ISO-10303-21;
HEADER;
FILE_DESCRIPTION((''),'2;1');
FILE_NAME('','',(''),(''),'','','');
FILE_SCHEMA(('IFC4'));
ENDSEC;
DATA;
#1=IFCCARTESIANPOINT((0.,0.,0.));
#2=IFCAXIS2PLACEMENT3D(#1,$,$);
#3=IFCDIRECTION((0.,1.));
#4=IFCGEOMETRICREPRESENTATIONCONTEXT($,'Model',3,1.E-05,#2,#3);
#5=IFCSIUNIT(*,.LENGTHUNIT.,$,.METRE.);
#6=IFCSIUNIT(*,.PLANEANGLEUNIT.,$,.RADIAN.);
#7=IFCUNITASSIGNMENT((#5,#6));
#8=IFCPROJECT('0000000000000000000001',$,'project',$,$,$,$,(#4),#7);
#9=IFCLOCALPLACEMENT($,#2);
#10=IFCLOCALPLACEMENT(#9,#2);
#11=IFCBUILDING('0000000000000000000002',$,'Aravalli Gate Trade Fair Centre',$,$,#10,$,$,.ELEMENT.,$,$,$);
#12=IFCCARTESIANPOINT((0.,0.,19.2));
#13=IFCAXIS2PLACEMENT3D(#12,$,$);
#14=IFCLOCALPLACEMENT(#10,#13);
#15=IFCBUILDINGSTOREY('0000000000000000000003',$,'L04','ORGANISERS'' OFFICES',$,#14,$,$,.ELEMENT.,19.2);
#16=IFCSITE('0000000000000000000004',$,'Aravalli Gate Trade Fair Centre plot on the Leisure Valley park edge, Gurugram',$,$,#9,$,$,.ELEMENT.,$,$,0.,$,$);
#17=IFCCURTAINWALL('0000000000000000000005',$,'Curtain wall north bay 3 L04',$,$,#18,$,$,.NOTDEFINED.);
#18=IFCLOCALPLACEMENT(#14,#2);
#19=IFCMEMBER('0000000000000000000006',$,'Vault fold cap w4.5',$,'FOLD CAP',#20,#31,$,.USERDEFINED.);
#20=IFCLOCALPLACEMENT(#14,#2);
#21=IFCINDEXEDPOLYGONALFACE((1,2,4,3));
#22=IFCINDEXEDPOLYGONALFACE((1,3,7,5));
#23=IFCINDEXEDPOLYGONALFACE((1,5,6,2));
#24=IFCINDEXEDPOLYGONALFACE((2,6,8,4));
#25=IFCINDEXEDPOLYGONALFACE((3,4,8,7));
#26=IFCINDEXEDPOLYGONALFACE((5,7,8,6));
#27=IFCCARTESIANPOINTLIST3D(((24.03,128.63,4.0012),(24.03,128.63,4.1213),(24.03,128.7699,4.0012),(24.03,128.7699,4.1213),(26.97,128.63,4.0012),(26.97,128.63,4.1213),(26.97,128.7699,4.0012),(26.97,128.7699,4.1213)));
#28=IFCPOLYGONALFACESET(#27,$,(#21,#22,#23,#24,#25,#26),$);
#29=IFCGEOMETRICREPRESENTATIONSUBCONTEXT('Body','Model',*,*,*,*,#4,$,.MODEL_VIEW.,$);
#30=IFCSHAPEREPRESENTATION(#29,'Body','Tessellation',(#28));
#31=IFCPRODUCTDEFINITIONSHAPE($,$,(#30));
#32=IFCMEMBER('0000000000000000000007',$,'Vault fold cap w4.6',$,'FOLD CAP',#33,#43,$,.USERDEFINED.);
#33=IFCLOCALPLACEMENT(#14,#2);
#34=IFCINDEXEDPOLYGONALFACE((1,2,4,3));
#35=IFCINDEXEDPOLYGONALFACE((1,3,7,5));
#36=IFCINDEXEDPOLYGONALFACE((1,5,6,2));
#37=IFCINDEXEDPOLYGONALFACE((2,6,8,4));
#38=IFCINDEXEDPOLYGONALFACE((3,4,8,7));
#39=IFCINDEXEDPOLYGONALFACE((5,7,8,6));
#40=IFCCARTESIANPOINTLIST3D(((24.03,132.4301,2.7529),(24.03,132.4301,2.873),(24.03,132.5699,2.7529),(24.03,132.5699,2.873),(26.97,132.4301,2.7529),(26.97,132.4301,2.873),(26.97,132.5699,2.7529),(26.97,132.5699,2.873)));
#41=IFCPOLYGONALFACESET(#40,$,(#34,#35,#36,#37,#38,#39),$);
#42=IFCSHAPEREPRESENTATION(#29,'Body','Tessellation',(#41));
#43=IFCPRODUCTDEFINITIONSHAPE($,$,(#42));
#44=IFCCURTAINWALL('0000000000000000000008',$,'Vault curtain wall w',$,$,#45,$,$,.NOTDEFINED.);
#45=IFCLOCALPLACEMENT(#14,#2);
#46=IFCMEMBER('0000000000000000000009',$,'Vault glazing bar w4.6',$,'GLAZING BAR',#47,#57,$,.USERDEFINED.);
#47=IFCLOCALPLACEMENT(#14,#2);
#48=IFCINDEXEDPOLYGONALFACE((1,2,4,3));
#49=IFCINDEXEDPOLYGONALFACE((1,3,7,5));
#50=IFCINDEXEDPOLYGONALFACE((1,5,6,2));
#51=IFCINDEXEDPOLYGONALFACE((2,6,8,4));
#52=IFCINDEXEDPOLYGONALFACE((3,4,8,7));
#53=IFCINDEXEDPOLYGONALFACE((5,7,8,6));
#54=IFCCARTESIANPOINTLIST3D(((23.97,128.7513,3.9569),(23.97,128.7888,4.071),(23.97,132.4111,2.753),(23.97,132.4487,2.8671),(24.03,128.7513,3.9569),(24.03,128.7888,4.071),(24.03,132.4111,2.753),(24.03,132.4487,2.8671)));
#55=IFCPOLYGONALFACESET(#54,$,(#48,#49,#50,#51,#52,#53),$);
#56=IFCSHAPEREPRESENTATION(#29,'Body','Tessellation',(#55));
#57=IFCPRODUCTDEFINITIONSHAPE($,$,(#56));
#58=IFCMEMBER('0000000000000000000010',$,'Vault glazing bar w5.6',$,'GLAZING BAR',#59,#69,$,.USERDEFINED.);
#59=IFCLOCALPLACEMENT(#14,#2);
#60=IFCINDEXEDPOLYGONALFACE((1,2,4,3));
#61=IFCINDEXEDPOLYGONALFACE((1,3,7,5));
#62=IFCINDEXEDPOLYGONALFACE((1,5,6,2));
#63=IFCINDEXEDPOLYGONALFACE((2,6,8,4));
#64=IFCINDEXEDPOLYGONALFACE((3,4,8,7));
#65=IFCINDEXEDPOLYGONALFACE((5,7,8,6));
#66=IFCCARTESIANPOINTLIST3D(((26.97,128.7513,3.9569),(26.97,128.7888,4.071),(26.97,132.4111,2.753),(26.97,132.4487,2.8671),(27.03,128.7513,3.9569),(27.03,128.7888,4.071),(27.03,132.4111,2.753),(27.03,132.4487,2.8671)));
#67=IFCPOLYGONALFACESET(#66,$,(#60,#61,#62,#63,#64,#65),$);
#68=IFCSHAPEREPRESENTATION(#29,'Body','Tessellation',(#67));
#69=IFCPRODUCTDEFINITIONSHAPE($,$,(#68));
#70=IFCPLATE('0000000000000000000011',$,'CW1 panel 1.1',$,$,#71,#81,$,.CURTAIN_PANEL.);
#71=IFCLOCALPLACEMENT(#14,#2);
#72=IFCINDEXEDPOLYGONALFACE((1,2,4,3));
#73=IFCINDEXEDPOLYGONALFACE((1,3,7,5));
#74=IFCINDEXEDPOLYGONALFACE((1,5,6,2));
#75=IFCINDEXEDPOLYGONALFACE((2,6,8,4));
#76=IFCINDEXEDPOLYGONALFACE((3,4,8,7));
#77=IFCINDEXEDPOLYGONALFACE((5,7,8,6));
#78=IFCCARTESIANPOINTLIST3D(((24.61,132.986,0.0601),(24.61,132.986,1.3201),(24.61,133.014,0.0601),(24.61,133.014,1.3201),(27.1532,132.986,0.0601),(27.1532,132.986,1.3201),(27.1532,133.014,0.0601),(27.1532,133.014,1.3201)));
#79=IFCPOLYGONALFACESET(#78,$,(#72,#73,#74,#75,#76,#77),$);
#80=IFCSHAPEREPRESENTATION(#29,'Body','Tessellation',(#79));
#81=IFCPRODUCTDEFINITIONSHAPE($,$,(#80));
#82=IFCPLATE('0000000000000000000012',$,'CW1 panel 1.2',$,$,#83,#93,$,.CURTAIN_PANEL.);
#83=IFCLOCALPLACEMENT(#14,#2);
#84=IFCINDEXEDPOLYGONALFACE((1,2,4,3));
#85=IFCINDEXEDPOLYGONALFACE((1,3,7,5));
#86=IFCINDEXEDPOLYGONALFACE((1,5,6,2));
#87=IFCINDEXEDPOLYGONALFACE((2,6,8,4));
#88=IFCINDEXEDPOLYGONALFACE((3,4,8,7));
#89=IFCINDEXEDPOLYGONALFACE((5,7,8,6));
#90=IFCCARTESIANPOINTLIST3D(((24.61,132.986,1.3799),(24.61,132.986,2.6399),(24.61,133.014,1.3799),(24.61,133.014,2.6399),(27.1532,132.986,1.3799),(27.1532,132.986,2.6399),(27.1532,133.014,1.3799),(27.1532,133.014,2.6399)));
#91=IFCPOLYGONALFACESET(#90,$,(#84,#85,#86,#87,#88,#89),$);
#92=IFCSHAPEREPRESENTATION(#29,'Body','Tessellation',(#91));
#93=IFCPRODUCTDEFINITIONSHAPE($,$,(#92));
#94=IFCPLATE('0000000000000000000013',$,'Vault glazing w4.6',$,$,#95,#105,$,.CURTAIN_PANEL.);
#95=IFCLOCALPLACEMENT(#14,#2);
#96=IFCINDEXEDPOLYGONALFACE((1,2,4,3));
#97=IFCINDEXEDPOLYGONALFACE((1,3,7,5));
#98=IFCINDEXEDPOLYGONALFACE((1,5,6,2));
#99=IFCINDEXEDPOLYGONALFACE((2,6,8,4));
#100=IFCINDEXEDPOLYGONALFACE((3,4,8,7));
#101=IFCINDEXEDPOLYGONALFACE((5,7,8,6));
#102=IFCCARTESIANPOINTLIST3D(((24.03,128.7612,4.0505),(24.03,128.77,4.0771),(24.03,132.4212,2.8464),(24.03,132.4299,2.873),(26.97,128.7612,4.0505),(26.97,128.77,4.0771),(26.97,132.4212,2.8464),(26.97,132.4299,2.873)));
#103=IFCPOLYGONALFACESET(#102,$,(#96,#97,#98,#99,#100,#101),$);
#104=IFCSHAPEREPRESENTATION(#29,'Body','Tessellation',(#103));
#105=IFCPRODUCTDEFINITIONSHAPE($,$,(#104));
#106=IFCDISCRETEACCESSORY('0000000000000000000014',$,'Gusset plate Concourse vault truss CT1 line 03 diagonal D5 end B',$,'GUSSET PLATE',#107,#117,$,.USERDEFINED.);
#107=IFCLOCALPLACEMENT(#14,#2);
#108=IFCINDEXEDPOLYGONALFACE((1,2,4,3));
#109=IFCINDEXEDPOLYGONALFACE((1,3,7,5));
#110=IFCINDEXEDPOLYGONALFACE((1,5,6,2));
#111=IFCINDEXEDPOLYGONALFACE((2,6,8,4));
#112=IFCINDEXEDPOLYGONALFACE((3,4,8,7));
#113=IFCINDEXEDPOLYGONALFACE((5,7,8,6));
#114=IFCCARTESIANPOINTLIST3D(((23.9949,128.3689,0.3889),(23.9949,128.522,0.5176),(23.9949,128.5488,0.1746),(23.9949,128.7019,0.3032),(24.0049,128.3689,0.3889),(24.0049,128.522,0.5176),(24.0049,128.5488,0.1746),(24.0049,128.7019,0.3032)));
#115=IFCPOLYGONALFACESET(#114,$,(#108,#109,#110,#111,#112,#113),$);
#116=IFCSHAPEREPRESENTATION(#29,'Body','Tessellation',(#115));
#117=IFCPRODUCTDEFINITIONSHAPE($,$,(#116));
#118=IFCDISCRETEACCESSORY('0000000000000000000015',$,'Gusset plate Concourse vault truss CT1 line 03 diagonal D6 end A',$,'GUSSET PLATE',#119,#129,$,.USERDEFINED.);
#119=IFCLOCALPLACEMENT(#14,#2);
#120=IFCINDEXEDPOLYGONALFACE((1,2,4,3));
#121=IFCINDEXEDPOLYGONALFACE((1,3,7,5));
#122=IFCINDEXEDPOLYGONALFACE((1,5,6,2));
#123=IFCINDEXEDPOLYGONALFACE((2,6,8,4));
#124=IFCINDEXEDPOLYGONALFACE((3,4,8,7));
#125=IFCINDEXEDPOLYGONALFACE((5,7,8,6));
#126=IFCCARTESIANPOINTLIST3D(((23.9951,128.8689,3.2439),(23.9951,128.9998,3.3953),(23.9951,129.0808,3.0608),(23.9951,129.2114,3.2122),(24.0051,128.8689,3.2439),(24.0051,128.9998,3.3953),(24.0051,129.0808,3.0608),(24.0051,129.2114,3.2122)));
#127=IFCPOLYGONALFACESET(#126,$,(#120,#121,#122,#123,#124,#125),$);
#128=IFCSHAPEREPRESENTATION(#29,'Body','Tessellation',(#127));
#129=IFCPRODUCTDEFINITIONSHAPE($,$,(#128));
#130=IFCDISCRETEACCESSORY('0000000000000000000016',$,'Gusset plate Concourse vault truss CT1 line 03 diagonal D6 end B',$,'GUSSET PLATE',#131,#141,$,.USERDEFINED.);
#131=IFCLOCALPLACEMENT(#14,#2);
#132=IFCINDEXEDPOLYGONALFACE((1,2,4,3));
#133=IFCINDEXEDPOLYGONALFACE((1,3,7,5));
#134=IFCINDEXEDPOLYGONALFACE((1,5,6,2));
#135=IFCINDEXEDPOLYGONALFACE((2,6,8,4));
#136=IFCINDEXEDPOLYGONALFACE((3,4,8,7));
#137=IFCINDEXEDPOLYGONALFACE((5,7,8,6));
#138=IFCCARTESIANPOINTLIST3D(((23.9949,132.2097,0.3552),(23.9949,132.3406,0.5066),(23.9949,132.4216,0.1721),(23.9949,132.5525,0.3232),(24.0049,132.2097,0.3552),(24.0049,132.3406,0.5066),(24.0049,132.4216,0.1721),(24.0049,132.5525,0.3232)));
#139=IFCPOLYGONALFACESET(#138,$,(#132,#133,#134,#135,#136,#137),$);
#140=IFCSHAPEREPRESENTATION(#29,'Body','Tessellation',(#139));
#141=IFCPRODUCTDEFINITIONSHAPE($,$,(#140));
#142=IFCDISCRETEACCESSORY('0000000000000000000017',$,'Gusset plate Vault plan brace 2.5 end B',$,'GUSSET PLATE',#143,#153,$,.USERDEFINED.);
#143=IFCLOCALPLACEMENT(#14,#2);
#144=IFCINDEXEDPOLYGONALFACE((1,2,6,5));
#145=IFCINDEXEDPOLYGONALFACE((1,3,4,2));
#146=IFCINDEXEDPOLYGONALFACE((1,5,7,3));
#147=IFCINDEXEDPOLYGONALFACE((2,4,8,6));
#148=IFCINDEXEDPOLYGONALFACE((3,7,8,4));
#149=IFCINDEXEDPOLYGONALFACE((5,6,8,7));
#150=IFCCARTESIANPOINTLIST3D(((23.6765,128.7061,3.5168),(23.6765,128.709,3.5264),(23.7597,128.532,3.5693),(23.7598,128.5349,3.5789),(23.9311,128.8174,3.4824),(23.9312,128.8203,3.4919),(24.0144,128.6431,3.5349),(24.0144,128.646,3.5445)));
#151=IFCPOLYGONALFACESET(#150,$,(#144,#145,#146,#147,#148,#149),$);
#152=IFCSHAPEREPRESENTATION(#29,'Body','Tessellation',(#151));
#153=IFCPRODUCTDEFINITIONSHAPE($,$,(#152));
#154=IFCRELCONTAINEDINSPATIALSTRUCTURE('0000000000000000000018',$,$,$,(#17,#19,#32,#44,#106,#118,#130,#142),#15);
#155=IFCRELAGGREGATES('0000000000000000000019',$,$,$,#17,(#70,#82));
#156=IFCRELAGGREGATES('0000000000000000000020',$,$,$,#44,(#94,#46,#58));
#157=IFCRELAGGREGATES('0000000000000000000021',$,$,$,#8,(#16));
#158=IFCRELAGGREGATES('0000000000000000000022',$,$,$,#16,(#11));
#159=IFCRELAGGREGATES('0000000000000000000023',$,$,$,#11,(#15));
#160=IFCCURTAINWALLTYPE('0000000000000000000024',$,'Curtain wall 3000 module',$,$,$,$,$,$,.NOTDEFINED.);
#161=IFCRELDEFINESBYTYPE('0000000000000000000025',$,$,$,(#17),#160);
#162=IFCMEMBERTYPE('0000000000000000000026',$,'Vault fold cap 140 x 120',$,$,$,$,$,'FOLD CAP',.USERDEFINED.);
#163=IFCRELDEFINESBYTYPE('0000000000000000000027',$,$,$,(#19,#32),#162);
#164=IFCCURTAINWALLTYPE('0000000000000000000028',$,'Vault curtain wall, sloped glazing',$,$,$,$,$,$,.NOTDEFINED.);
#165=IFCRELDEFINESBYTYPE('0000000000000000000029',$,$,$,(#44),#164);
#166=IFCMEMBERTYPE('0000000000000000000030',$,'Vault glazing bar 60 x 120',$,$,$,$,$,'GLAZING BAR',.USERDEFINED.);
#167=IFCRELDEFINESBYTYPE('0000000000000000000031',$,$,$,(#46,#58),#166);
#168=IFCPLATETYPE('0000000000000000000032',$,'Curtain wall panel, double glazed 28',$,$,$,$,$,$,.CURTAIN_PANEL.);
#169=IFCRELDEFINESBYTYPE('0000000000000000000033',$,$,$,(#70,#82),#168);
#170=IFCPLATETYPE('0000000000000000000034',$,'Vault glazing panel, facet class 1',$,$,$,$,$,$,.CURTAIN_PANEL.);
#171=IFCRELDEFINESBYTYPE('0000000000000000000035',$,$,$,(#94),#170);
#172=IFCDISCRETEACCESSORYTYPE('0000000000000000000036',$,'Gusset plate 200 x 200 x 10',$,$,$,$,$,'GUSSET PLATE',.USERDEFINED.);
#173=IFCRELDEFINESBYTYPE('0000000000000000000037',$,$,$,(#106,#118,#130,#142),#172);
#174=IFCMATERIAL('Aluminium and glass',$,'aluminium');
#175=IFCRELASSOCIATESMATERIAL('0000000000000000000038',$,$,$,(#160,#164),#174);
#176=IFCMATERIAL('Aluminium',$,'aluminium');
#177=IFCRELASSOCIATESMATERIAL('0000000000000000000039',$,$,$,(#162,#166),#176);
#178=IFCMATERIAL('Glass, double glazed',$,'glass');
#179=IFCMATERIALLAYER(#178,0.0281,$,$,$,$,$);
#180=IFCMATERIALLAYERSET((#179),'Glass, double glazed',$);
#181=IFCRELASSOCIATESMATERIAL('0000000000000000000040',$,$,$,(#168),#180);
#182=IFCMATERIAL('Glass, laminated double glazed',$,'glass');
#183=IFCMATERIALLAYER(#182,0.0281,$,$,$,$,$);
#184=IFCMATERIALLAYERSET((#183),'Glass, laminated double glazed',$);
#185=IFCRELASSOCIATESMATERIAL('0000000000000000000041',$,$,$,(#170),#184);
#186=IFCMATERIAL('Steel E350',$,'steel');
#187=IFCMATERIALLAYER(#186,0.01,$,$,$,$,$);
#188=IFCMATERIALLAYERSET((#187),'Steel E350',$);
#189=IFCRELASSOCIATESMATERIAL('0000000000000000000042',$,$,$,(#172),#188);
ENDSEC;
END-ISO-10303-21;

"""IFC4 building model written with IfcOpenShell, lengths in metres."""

from ifc_helpers import new_model, si_unit, direction, frame, origin, origin_2d, place, context, subcontext, project, spatial, polyline, rectangle, outline, extrude, material, layer, layer_set, material_profile, profile_set, type_object, element, aggregate, save


model = new_model("IFC4")

# Units and contexts
model_context = context("Model", 3, precision=1e-05, world=origin(), true_north=direction((0.0, 1.0)))
body_context = subcontext(model_context, "Body", "Model", "MODEL_VIEW")
ifc_project = project(units=[si_unit("LENGTHUNIT", "METRE"), si_unit("PLANEANGLEUNIT", "RADIAN")], contexts=[model_context])

# Site, building, storey
site_placement = place(None, origin())
site = spatial("IfcSite", under=ifc_project, at=site_placement, Name="Aravalli Gate Trade Fair Centre plot on the Leisure Valley park edge, Gurugram", CompositionType="ELEMENT", RefElevation=0.0)
building_placement = place(site_placement, origin())
building = spatial("IfcBuilding", under=site, at=building_placement, Name="Aravalli Gate Trade Fair Centre", CompositionType="ELEMENT")
storey_placement = place(building_placement, frame((0.0, 0.0, 19.2)))
storey = spatial("IfcBuildingStorey", under=building, at=storey_placement, Name="L04", Description="ORGANISERS' OFFICES", CompositionType="ELEMENT", Elevation=19.2)

# Curtain wall
ifc_material_1 = material(Name="Aluminium and glass", Category="aluminium")
curtain_wall_type_1 = type_object("IfcCurtainWallType", Name="Curtain wall 3000 module", PredefinedType="NOTDEFINED", material=ifc_material_1)
curtain_wall_1_placement = place(storey_placement, origin())
curtain_wall_1 = element("IfcCurtainWall", 1, at=curtain_wall_1_placement, inside=storey, type_object=curtain_wall_type_1, Name="Curtain wall north bay 3 L04", PredefinedType="NOTDEFINED")
ifc_material_2 = material(Name="Aluminium", Category="aluminium")

# Members
ifc_material_3 = material(Name="Steel E350", Category="steel")
ifc_material_profile_1 = material_profile(ifc_material_2, rectangle(XDim=0.1399, YDim=0.1201, at=origin_2d()), Name="Vault fold cap 140 x 120")
ifc_profile_set_1 = profile_set([ifc_material_profile_1], Name="Aluminium")
member_type_1 = type_object("IfcMemberType", Name="Vault fold cap 140 x 120", ElementType="FOLD CAP", PredefinedType="USERDEFINED", material=ifc_profile_set_1)
for number, where, z_axis, x_axis, name in (
    (2, (24.03, 128.7, 4.0613), (1.0, 0.0, 0.0), (0.0, 1.0, 0.0), "Vault fold cap w4.5"),
    (3, (24.03, 132.5, 2.813), (1.0, 0.0, 0.0), (0.0, 1.0, 0.0), "Vault fold cap w4.6"),
):
    element("IfcMember", number, at=place(storey_placement, frame(where, z_axis=z_axis, x_axis=x_axis)), inside=storey, type_object=member_type_1, Name=name, ObjectType="FOLD CAP", PredefinedType="USERDEFINED", context=body_context, shape_type="SweptSolid", body=[
        extrude(rectangle(XDim=0.1399, YDim=0.1201, at=origin_2d()), origin(), (0.0, 0.0, 1.0), 2.9399),
    ])

# Curtain wall, members
curtain_wall_type_2 = type_object("IfcCurtainWallType", Name="Vault curtain wall, sloped glazing", PredefinedType="NOTDEFINED", material=ifc_material_1)
curtain_wall_2_placement = place(storey_placement, origin())
curtain_wall_2 = element("IfcCurtainWall", 4, at=curtain_wall_2_placement, inside=storey, type_object=curtain_wall_type_2, Name="Vault curtain wall w", PredefinedType="NOTDEFINED")
ifc_material_profile_2 = material_profile(ifc_material_2, rectangle(XDim=0.0601, YDim=0.1201, at=origin_2d()), Name="Vault glazing bar 60 x 120")
ifc_profile_set_2 = profile_set([ifc_material_profile_2], Name="Aluminium")
member_type_2 = type_object("IfcMemberType", Name="Vault glazing bar 60 x 120", ElementType="GLAZING BAR", PredefinedType="USERDEFINED", material=ifc_profile_set_2)
member_1_placement = place(storey_placement, frame((24.0, 128.77, 4.0139), z_axis=(0.0, 0.94993, -0.312461), x_axis=(-1.0, 0.0, 0.0)))
member_1 = element("IfcMember", 5, at=member_1_placement, type_object=member_type_2, Name="Vault glazing bar w4.6", ObjectType="GLAZING BAR", PredefinedType="USERDEFINED", context=body_context, shape_type="SweptSolid", body=[
    extrude(rectangle(XDim=0.0601, YDim=0.1201, at=origin_2d()), origin(), (0.0, 0.0, 1.0), 3.8528),
])
member_2_placement = place(storey_placement, frame((27.0, 128.77, 4.0139), z_axis=(0.0, 0.94993, -0.312461), x_axis=(-1.0, 0.0, 0.0)))
member_2 = element("IfcMember", 6, at=member_2_placement, type_object=member_type_2, Name="Vault glazing bar w5.6", ObjectType="GLAZING BAR", PredefinedType="USERDEFINED", context=body_context, shape_type="SweptSolid", body=[
    extrude(rectangle(XDim=0.0601, YDim=0.1201, at=origin_2d()), origin(), (0.0, 0.0, 1.0), 3.8528),
])

# Plates
ifc_material_4 = material(Name="Glass, double glazed", Category="glass")
ifc_layer_1 = layer(ifc_material_4, 0.0281)
ifc_layer_set_1 = layer_set([ifc_layer_1], Name="Glass, double glazed")
plate_type_1 = type_object("IfcPlateType", Name="Curtain wall panel, double glazed 28", PredefinedType="CURTAIN_PANEL", material=ifc_layer_set_1)
plate_1_placement = place(storey_placement, frame((25.8816, 133.0, 0.0601), z_axis=(0.0, 0.0, 1.0), x_axis=(1.0, 0.0, 0.0)))
plate_1 = element("IfcPlate", 7, at=plate_1_placement, type_object=plate_type_1, Name="CW1 panel 1.1", PredefinedType="CURTAIN_PANEL", context=body_context, shape_type="SweptSolid", body=[
    extrude(rectangle(XDim=2.5432, YDim=0.0281, at=origin_2d()), origin(), (0.0, 0.0, 1.0), 1.26),
])
plate_2_placement = place(storey_placement, frame((25.8816, 133.0, 1.3799), z_axis=(0.0, 0.0, 1.0), x_axis=(1.0, 0.0, 0.0)))
plate_2 = element("IfcPlate", 8, at=plate_2_placement, type_object=plate_type_1, Name="CW1 panel 1.2", PredefinedType="CURTAIN_PANEL", context=body_context, shape_type="SweptSolid", body=[
    extrude(rectangle(XDim=2.5432, YDim=0.0281, at=origin_2d()), origin(), (0.0, 0.0, 1.0), 1.26),
])
aggregate(curtain_wall_1, [plate_1, plate_2])
ifc_material_5 = material(Name="Glass, laminated double glazed", Category="glass")
ifc_layer_2 = layer(ifc_material_5, 0.0281)
ifc_layer_set_2 = layer_set([ifc_layer_2], Name="Glass, laminated double glazed")
plate_type_2 = type_object("IfcPlateType", Name="Vault glazing panel, facet class 1", PredefinedType="CURTAIN_PANEL", material=ifc_layer_set_2)
plate_3_placement = place(storey_placement, frame((24.03, 128.77, 4.0771), z_axis=(0.0, 0.312518, 0.949912), x_axis=(1.0, 0.0, 0.0)))
plate_3 = element("IfcPlate", 9, at=plate_3_placement, type_object=plate_type_2, Name="Vault glazing w4.6", PredefinedType="CURTAIN_PANEL", context=body_context, shape_type="SweptSolid", body=[
    extrude(outline(polyline([(0.0, 0.0), (2.9399, 0.0), (2.9399, 3.8529), (0.0, 3.8529), (0.0, 0.0)])), origin(), (0.0, 0.0, -1.0), 0.0281),
])
aggregate(curtain_wall_2, [plate_3, member_1, member_2])

# Discrete accessories
ifc_layer_3 = layer(ifc_material_3, 0.01)
ifc_layer_set_3 = layer_set([ifc_layer_3], Name="Steel E350")
discrete_accessory_type = type_object("IfcDiscreteAccessoryType", Name="Gusset plate 200 x 200 x 10", ElementType="GUSSET PLATE", PredefinedType="USERDEFINED", material=ifc_layer_set_3)
discrete_accessory_1_placement = place(storey_placement, frame((24.0049, 128.3689, 0.3889), z_axis=(1.0, 0.0, 0.0), x_axis=(0.0, 0.642926, -0.765928)))
element("IfcDiscreteAccessory", 10, at=discrete_accessory_1_placement, inside=storey, type_object=discrete_accessory_type, Name="Gusset plate Concourse vault truss CT1 line 03 diagonal D5 end B", ObjectType="GUSSET PLATE", PredefinedType="USERDEFINED", context=body_context, shape_type="SweptSolid", body=[
    extrude(outline(polyline([(0.0, 0.0), (0.2799, 0.0), (0.2797, 0.2), (-0.0001, 0.2), (0.0, 0.0)])), origin(), (0.0, 0.0, -1.0), 0.01),
])
discrete_accessory_2_placement = place(storey_placement, frame((23.9951, 129.0808, 3.0608), z_axis=(-1.0, 0.0, 0.0), x_axis=(0.0, -0.756666, 0.653801)))
element("IfcDiscreteAccessory", 11, at=discrete_accessory_2_placement, inside=storey, type_object=discrete_accessory_type, Name="Gusset plate Concourse vault truss CT1 line 03 diagonal D6 end A", ObjectType="GUSSET PLATE", PredefinedType="USERDEFINED", context=body_context, shape_type="SweptSolid", body=[
    extrude(outline(polyline([(0.0, 0.0), (0.2801, 0.0), (0.28, 0.2001), (0.0001, 0.1999), (0.0, 0.0)])), origin(), (0.0, 0.0, -1.0), 0.01),
])
discrete_accessory_3_placement = place(storey_placement, frame((24.0049, 132.2097, 0.3552), z_axis=(1.0, 0.0, 0.0), x_axis=(0.0, 0.756666, -0.653801)))
element("IfcDiscreteAccessory", 12, at=discrete_accessory_3_placement, inside=storey, type_object=discrete_accessory_type, Name="Gusset plate Concourse vault truss CT1 line 03 diagonal D6 end B", ObjectType="GUSSET PLATE", PredefinedType="USERDEFINED", context=body_context, shape_type="SweptSolid", body=[
    extrude(outline(polyline([(0.0, 0.0), (0.2801, 0.0), (0.2803, 0.1999), (0.0001, 0.2001), (0.0, 0.0)])), origin(), (0.0, 0.0, -1.0), 0.01),
])
discrete_accessory_4_placement = place(storey_placement, frame((23.7598, 128.5349, 3.5789), z_axis=(0.002842, 0.289761, 0.957095), x_axis=(0.909624, 0.396852, -0.122848)))
element("IfcDiscreteAccessory", 13, at=discrete_accessory_4_placement, inside=storey, type_object=discrete_accessory_type, Name="Gusset plate Vault plan brace 2.5 end B", ObjectType="GUSSET PLATE", PredefinedType="USERDEFINED", context=body_context, shape_type="SweptSolid", body=[
    extrude(outline(polyline([(0.0, 0.0), (0.2799, 0.0), (0.2798, 0.2002), (-0.0002, 0.2), (0.0, 0.0)])), origin(), (0.0, 0.0, -1.0), 0.01),
])

save(model, "model.ifc")
